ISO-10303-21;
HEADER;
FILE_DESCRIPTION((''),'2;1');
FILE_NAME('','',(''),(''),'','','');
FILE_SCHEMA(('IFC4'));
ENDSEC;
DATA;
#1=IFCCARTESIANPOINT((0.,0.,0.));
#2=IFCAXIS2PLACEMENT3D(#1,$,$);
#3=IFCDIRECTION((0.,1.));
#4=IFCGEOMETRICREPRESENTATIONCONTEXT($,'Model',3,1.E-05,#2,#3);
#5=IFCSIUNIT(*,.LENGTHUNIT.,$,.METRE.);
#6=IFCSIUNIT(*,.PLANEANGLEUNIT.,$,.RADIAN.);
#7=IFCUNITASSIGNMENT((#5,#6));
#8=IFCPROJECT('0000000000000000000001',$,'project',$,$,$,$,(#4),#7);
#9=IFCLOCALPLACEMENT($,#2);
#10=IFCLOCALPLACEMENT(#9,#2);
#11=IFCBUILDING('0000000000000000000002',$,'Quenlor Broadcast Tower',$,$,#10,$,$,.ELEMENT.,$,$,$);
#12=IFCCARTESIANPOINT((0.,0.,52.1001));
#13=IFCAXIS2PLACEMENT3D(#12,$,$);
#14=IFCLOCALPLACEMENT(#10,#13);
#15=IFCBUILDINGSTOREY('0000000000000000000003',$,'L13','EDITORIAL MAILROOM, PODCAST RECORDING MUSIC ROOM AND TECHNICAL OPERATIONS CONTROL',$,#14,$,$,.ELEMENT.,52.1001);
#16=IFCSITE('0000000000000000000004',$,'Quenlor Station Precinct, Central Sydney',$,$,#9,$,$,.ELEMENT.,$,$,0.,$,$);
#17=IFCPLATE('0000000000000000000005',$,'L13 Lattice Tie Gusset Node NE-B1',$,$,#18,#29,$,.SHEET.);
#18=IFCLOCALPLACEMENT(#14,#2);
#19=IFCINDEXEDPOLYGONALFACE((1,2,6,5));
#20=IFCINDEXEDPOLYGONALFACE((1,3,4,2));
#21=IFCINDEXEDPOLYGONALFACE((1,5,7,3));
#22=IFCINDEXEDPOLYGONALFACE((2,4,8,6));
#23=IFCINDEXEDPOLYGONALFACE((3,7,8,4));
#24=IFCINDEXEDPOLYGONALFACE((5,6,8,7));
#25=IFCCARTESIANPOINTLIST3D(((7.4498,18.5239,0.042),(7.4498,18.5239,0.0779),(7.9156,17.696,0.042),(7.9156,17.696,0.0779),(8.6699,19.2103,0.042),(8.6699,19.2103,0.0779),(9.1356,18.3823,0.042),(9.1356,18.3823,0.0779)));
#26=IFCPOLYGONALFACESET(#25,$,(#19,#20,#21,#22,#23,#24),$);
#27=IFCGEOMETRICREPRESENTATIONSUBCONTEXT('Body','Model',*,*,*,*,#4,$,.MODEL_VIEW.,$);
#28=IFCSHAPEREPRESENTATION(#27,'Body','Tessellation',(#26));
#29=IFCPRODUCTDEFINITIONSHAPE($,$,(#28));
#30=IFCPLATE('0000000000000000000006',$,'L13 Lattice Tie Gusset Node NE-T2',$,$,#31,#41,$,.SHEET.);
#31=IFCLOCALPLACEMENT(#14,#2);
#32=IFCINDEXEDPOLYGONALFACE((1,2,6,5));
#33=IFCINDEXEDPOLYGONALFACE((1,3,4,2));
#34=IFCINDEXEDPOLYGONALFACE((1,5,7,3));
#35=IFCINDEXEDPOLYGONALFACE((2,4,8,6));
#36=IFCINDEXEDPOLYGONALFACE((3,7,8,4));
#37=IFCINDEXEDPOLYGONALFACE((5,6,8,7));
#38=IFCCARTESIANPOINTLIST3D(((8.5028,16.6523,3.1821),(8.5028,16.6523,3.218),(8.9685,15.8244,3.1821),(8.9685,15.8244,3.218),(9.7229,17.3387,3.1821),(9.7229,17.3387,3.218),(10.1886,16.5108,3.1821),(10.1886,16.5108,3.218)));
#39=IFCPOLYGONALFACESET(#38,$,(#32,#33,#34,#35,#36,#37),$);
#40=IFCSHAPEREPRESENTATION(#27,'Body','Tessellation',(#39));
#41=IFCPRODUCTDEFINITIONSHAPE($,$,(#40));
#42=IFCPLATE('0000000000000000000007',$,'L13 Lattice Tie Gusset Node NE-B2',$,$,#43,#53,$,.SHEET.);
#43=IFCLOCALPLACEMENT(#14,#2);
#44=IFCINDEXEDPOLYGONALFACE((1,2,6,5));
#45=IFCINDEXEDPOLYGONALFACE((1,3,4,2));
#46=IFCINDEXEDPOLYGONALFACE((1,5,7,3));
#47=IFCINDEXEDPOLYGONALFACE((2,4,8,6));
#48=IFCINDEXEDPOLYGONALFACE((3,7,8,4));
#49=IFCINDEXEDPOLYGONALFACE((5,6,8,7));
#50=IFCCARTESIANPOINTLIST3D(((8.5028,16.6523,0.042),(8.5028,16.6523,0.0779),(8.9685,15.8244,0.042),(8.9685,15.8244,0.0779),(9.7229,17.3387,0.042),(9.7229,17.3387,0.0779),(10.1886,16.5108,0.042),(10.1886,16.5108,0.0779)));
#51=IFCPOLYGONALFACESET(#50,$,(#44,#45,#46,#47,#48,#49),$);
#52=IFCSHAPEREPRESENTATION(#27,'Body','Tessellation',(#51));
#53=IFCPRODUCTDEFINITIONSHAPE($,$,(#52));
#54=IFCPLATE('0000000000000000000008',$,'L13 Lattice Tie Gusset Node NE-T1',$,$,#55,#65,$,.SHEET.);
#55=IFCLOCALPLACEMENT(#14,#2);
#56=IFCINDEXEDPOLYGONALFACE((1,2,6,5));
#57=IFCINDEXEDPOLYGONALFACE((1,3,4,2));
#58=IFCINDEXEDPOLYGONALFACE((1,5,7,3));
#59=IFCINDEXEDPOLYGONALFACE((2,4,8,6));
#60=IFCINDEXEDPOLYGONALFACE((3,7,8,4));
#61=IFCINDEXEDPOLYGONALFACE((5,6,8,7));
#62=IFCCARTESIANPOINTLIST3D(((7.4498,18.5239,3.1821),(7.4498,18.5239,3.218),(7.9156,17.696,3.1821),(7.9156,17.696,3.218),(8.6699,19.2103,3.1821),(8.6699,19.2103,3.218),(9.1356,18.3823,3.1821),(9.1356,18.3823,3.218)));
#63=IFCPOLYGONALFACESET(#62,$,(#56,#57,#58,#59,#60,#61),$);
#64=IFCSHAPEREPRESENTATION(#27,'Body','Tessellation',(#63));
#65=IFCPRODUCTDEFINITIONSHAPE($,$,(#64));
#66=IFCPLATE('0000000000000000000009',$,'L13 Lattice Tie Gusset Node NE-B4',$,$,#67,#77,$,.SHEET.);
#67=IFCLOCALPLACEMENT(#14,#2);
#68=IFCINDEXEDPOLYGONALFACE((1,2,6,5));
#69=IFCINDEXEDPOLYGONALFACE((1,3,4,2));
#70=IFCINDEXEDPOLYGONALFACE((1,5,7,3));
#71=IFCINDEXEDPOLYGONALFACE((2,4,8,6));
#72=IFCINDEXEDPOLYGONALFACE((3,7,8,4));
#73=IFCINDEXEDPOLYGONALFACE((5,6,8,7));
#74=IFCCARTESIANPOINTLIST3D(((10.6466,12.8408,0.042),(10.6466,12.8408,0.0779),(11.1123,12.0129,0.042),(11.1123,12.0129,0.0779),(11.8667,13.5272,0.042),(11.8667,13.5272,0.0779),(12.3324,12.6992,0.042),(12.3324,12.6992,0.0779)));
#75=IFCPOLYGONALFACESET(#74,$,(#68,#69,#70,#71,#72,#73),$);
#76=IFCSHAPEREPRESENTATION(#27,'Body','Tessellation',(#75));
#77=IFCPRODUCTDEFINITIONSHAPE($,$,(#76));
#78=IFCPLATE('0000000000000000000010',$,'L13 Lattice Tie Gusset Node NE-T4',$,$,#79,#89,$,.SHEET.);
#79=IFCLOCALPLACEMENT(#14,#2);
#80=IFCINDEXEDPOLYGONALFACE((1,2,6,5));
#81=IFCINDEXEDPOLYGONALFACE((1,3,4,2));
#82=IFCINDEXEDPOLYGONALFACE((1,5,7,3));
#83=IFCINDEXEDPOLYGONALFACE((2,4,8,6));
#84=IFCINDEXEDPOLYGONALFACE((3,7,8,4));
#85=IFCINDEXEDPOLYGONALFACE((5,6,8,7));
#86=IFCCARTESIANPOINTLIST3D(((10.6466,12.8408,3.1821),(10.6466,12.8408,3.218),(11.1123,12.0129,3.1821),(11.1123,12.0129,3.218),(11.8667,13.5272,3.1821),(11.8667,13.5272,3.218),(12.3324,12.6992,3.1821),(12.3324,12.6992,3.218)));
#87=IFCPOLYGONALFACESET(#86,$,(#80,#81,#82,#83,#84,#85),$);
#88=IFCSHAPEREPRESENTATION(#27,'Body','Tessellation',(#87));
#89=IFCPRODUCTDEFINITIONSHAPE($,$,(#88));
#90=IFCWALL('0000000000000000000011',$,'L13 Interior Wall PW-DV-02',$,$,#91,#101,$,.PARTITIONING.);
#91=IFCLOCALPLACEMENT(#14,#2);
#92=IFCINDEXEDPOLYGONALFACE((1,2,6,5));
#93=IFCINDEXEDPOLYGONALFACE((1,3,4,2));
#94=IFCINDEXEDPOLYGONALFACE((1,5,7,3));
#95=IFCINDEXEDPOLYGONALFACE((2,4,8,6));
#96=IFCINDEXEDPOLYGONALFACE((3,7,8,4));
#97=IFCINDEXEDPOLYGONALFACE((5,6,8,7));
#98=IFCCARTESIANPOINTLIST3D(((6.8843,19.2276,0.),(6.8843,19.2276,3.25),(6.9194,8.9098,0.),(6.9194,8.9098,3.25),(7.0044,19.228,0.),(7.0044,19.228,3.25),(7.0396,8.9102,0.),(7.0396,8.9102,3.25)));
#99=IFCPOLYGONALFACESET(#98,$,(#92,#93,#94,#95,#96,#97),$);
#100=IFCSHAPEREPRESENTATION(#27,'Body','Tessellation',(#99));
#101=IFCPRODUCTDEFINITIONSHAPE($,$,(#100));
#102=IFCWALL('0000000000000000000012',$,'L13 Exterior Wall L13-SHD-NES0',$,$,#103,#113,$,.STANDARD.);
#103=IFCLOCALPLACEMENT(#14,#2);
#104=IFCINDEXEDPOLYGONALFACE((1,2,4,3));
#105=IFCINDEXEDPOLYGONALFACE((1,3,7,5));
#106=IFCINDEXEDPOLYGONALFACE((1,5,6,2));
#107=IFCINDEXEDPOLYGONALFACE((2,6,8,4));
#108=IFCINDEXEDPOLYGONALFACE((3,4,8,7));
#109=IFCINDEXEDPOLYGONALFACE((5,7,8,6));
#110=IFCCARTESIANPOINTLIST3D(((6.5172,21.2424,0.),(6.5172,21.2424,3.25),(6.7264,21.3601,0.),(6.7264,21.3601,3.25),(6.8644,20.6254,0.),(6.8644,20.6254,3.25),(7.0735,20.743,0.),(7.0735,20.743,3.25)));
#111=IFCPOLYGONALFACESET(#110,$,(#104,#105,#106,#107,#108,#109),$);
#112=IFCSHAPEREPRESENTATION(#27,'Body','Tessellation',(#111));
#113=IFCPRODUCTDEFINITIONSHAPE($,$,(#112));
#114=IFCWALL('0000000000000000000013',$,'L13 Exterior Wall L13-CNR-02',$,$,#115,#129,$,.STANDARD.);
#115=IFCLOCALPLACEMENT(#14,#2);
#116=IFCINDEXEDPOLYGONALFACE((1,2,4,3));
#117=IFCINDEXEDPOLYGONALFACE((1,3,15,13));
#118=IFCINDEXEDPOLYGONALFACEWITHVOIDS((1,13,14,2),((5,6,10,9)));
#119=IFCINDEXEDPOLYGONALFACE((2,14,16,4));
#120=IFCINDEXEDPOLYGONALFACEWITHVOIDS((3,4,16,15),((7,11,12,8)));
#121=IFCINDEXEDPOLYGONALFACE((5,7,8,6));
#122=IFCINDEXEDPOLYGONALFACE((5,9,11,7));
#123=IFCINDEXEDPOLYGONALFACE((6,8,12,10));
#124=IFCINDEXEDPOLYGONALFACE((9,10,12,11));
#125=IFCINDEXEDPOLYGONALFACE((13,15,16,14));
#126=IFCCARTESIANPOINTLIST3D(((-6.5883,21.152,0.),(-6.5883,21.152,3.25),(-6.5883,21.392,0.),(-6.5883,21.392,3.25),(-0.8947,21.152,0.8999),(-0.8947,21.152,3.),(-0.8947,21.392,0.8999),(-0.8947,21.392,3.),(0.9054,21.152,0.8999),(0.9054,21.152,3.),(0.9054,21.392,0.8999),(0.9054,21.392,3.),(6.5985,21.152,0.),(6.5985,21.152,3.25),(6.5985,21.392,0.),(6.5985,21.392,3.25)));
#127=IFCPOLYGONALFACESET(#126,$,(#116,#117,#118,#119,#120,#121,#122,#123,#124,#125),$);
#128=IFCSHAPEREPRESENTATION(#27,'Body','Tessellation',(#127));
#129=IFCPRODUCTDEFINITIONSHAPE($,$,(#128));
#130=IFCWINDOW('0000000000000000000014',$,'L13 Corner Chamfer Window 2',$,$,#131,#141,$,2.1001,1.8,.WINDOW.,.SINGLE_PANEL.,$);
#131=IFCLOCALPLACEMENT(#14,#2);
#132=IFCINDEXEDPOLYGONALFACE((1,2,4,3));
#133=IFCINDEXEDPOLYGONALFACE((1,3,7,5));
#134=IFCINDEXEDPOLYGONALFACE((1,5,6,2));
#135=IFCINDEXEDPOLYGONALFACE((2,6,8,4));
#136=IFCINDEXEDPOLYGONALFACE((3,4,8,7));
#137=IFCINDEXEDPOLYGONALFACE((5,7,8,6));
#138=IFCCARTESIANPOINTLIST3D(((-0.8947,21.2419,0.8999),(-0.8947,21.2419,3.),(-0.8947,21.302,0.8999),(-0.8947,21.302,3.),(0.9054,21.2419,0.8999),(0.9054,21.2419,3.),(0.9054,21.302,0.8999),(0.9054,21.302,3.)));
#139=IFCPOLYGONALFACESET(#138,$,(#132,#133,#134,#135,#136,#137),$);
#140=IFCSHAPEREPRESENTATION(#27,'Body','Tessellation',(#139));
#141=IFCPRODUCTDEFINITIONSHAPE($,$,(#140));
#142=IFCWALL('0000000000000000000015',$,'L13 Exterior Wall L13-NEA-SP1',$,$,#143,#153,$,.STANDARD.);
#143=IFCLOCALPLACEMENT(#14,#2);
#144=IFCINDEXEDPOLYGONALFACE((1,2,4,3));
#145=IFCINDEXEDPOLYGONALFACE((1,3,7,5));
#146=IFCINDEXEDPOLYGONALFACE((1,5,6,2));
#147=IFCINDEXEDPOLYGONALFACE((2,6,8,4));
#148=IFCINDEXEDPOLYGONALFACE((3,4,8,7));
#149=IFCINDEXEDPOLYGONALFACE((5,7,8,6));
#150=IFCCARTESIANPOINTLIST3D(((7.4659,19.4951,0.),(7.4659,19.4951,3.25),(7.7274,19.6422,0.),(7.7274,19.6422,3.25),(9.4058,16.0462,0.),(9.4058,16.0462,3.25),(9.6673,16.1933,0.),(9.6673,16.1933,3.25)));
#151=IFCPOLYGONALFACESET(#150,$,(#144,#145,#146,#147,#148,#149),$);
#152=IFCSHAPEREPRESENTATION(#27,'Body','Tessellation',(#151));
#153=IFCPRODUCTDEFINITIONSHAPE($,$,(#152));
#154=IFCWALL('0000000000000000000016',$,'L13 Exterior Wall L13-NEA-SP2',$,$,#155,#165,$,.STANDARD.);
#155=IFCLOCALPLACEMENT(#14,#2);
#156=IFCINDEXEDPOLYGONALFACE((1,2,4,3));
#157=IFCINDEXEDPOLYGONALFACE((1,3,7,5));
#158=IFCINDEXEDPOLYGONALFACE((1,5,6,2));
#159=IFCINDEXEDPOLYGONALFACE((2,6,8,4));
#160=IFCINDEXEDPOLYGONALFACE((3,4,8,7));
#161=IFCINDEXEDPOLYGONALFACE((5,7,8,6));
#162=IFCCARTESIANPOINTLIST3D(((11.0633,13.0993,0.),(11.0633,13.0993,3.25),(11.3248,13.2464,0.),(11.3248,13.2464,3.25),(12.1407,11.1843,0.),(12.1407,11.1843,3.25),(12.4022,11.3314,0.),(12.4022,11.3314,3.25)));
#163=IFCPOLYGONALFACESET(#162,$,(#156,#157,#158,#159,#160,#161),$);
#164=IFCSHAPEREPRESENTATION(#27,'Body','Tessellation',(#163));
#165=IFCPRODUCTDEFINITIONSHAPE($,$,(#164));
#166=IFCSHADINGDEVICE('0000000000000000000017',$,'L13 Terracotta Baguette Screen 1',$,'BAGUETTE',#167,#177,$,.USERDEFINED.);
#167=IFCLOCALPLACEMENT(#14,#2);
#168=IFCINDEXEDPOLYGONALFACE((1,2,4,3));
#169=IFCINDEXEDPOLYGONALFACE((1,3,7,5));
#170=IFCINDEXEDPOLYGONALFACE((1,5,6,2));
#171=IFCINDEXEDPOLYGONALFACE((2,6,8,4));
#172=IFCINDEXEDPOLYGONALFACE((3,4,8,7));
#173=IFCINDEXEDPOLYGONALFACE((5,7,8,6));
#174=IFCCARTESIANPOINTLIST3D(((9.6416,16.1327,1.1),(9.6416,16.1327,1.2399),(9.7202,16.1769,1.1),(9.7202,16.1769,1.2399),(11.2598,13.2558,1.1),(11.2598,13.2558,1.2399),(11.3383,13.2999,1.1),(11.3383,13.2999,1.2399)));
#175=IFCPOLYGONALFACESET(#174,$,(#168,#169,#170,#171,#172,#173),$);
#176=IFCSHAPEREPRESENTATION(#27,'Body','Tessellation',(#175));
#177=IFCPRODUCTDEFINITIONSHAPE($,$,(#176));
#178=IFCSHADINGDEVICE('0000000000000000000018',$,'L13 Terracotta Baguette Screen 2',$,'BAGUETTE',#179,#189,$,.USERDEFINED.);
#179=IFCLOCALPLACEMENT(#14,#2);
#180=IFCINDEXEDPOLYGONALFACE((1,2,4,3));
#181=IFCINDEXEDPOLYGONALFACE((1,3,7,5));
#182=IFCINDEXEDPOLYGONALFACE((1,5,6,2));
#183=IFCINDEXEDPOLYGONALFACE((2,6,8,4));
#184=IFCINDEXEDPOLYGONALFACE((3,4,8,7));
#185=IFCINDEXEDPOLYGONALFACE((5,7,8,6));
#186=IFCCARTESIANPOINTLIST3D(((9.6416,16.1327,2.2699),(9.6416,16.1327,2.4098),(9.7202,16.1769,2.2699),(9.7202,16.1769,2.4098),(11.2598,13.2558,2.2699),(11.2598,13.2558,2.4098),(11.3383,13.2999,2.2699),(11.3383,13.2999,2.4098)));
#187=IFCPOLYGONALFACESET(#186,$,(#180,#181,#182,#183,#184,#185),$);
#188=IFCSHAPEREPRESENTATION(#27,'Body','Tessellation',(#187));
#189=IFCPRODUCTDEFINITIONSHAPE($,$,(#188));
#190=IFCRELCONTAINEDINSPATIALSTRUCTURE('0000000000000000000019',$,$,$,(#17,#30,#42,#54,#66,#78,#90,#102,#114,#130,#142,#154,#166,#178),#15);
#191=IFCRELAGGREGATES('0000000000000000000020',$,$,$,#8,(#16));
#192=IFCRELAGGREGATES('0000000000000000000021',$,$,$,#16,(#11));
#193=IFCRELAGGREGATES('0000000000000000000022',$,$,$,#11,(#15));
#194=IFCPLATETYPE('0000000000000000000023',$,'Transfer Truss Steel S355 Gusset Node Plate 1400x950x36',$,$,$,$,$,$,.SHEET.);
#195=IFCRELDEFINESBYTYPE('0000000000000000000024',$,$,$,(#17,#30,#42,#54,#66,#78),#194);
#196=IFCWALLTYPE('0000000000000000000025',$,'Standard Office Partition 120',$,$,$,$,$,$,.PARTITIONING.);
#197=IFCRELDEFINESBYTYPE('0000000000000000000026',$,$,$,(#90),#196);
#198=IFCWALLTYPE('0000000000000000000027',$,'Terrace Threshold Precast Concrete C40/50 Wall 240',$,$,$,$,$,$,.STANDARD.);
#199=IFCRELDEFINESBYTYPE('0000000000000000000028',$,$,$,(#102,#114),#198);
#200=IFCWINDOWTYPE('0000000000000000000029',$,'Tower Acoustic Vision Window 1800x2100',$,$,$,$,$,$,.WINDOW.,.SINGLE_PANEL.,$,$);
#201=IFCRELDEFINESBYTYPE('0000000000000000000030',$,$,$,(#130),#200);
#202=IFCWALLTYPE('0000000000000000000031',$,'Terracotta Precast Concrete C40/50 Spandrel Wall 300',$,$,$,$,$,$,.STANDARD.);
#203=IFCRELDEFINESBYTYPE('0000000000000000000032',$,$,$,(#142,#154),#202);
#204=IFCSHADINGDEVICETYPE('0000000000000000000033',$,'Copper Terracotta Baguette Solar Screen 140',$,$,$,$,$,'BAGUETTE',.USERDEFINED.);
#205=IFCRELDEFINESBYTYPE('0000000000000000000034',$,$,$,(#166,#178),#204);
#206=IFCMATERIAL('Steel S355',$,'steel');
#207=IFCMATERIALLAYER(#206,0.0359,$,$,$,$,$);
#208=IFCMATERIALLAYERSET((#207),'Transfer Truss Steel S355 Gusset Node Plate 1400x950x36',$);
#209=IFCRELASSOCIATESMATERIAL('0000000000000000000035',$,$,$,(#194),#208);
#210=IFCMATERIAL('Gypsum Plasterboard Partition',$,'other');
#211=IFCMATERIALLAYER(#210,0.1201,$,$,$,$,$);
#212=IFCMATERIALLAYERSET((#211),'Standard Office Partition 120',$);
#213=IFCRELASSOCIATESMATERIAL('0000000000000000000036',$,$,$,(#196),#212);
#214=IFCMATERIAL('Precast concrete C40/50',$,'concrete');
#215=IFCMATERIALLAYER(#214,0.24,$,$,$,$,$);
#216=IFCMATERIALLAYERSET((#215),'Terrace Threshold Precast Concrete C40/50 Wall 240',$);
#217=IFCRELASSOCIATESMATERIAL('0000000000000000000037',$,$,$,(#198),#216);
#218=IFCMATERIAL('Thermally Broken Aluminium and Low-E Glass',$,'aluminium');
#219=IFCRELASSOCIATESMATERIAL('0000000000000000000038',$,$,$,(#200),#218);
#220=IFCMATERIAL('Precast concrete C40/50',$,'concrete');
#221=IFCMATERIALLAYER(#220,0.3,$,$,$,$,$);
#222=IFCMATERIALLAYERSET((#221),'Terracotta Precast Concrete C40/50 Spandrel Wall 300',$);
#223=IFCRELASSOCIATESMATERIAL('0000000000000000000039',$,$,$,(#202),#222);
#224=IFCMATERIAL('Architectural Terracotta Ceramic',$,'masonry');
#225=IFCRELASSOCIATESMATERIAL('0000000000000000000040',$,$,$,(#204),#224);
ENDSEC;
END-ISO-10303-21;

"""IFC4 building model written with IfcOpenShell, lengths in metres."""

from ifc_helpers import new_model, si_unit, direction, frame, frame_2d, origin, origin_2d, place, context, subcontext, project, spatial, rectangle, extrude, material, layer, layer_set, material_profile, profile_set, type_object, element, fill, save


model = new_model("IFC4")

# Units and contexts
model_context = context("Model", 3, precision=1e-05, world=origin(), true_north=direction((0.0, 1.0)))
body_context = subcontext(model_context, "Body", "Model", "MODEL_VIEW")
ifc_project = project(units=[si_unit("LENGTHUNIT", "METRE"), si_unit("PLANEANGLEUNIT", "RADIAN")], contexts=[model_context])

# Site, building, storey
site_placement = place(None, origin())
site = spatial("IfcSite", under=ifc_project, at=site_placement, Name="Quenlor Station Precinct, Central Sydney", CompositionType="ELEMENT", RefElevation=0.0)
building_placement = place(site_placement, origin())
building = spatial("IfcBuilding", under=site, at=building_placement, Name="Quenlor Broadcast Tower", CompositionType="ELEMENT")
storey_placement = place(building_placement, frame((0.0, 0.0, 52.1001)))
storey = spatial("IfcBuildingStorey", under=building, at=storey_placement, Name="L13", Description="EDITORIAL MAILROOM, PODCAST RECORDING MUSIC ROOM AND TECHNICAL OPERATIONS CONTROL", CompositionType="ELEMENT", Elevation=52.1001)

# Plates
ifc_material_1 = material(Name="Steel S355", Category="steel")
ifc_layer_1 = layer(ifc_material_1, 0.0359)
ifc_layer_set_1 = layer_set([ifc_layer_1], Name="Transfer Truss Steel S355 Gusset Node Plate 1400x950x36")
plate_type_1 = type_object("IfcPlateType", Name="Transfer Truss Steel S355 Gusset Node Plate 1400x950x36", PredefinedType="SHEET", material=ifc_layer_set_1)
for number, where, z_axis, x_axis, name in (
    (1, (8.2927, 18.4531, 0.042), (0.0, 0.0, 1.0), (0.871556, 0.490295, 0.0), "L13 Lattice Tie Gusset Node NE-B1"),
    (2, (9.3457, 16.5815, 3.1821), (0.0, 0.0, 1.0), (0.871556, 0.490295, 0.0), "L13 Lattice Tie Gusset Node NE-T2"),
    (3, (9.3457, 16.5815, 0.042), (0.0, 0.0, 1.0), (0.871556, 0.490295, 0.0), "L13 Lattice Tie Gusset Node NE-B2"),
    (4, (8.2927, 18.4531, 3.1821), (0.0, 0.0, 1.0), (0.871556, 0.490295, 0.0), "L13 Lattice Tie Gusset Node NE-T1"),
    (5, (11.4895, 12.77, 0.042), (0.0, 0.0, 1.0), (0.871556, 0.490295, 0.0), "L13 Lattice Tie Gusset Node NE-B4"),
    (6, (11.4895, 12.77, 3.1821), (0.0, 0.0, 1.0), (0.871556, 0.490295, 0.0), "L13 Lattice Tie Gusset Node NE-T4"),
):
    element("IfcPlate", number, at=place(storey_placement, frame(where, z_axis=z_axis, x_axis=x_axis)), inside=storey, type_object=plate_type_1, Name=name, PredefinedType="SHEET", context=body_context, shape_type="SweptSolid", body=[
        extrude(rectangle(XDim=1.3999, YDim=0.95, at=origin_2d()), origin(), (0.0, 0.0, 1.0), 0.0359),
    ])

# Walls
ifc_material_2 = material(Name="Gypsum Plasterboard Partition", Category="other")
ifc_layer_2 = layer(ifc_material_2, 0.1201)
ifc_layer_set_2 = layer_set([ifc_layer_2], Name="Standard Office Partition 120")
wall_type_1 = type_object("IfcWallType", Name="Standard Office Partition 120", PredefinedType="PARTITIONING", material=ifc_layer_set_2)
wall_1_placement = place(storey_placement, frame((6.9443, 19.2278, 0.0), z_axis=(0.0, 0.0, 1.0), x_axis=(0.003407, -0.999994, 0.0)))
element("IfcWall", 7, at=wall_1_placement, inside=storey, type_object=wall_type_1, Name="L13 Interior Wall PW-DV-02", PredefinedType="PARTITIONING", context=body_context, shape_type="SweptSolid", body=[
    extrude(rectangle(XDim=10.3179, YDim=0.1201, at=frame_2d((5.1589, 0.0))), origin(), (0.0, 0.0, 1.0), 3.25),
])
ifc_material_3 = material(Name="Precast concrete C40/50", Category="concrete")
ifc_layer_3 = layer(ifc_material_3, 0.24)
ifc_layer_set_3 = layer_set([ifc_layer_3], Name="Terrace Threshold Precast Concrete C40/50 Wall 240")
wall_type_2 = type_object("IfcWallType", Name="Terrace Threshold Precast Concrete C40/50 Wall 240", PredefinedType="STANDARD", material=ifc_layer_set_3)
wall_2_placement = place(storey_placement, frame((6.6218, 21.3013, 0.0), z_axis=(0.0, 0.0, 1.0), x_axis=(0.490261, -0.871576, 0.0)))
element("IfcWall", 8, at=wall_2_placement, inside=storey, type_object=wall_type_2, Name="L13 Exterior Wall L13-SHD-NES0", PredefinedType="STANDARD", context=body_context, shape_type="SweptSolid", body=[
    extrude(rectangle(XDim=0.708, YDim=0.24, at=frame_2d((0.354, 0.0))), origin(), (0.0, 0.0, 1.0), 3.25),
])

# Wall, opening, window
wall_3_placement = place(storey_placement, frame((6.5984, 21.272, 0.0), z_axis=(0.0, 0.0, 1.0), x_axis=(-1.0, 0.0, 0.0)))
wall_3 = element("IfcWall", 9, at=wall_3_placement, inside=storey, type_object=wall_type_2, Name="L13 Exterior Wall L13-CNR-02", PredefinedType="STANDARD", context=body_context, shape_type="SweptSolid", body=[
    extrude(rectangle(XDim=13.1868, YDim=0.24, at=frame_2d((6.5933, 0.0))), origin(), (0.0, 0.0, 1.0), 3.25),
])
opening_placement = place(wall_3_placement, frame((5.6931, 0.0, 0.8999)))
opening = element("IfcOpeningElement", 10, at=opening_placement, cuts=wall_3, PredefinedType="OPENING", context=body_context, shape_type="SweptSolid", body=[
    extrude(rectangle(XDim=1.8, YDim=2.1001, at=frame_2d((0.8999, 1.05))), frame((0.0, 0.1299, 0.0), z_axis=(0.0, -1.0, 0.0), x_axis=(1.0, 0.0, 0.0)), (0.0, 0.0, 1.0), 0.26),
])
ifc_material_4 = material(Name="Thermally Broken Aluminium and Low-E Glass", Category="aluminium")
window_type = type_object("IfcWindowType", Name="Tower Acoustic Vision Window 1800x2100", PartitioningType="SINGLE_PANEL", PredefinedType="WINDOW", material=ifc_material_4)
window_placement = place(opening_placement, origin())
window = element("IfcWindow", 11, at=window_placement, inside=storey, type_object=window_type, Name="L13 Corner Chamfer Window 2", OverallHeight=2.1001, OverallWidth=1.8, PartitioningType="SINGLE_PANEL", PredefinedType="WINDOW", context=body_context, shape_type="SweptSolid", body=[
    extrude(rectangle(XDim=1.8, YDim=2.1001, at=frame_2d((0.8999, 1.05))), frame((0.0, 0.03, 0.0), z_axis=(0.0, -1.0, 0.0), x_axis=(1.0, 0.0, 0.0)), (0.0, 0.0, 1.0), 0.0601),
])
fill(opening, window)

# Walls
ifc_material_5 = material(Name="Precast concrete C40/50", Category="concrete")
ifc_layer_4 = layer(ifc_material_5, 0.3)
ifc_layer_set_4 = layer_set([ifc_layer_4], Name="Terracotta Precast Concrete C40/50 Spandrel Wall 300")
wall_type_3 = type_object("IfcWallType", Name="Terracotta Precast Concrete C40/50 Spandrel Wall 300", PredefinedType="STANDARD", material=ifc_layer_set_4)
wall_4_placement = place(storey_placement, frame((7.5967, 19.5686, 0.0), z_axis=(0.0, 0.0, 1.0), x_axis=(0.490241, -0.871587, 0.0)))
element("IfcWall", 12, at=wall_4_placement, inside=storey, type_object=wall_type_3, Name="L13 Exterior Wall L13-NEA-SP1", PredefinedType="STANDARD", context=body_context, shape_type="SweptSolid", body=[
    extrude(rectangle(XDim=3.957, YDim=0.3, at=frame_2d((1.9785, 0.0))), origin(), (0.0, 0.0, 1.0), 3.25),
])
wall_5_placement = place(storey_placement, frame((11.1941, 13.1729, 0.0), z_axis=(0.0, 0.0, 1.0), x_axis=(0.490325, -0.87154, 0.0)))
element("IfcWall", 13, at=wall_5_placement, inside=storey, type_object=wall_type_3, Name="L13 Exterior Wall L13-NEA-SP2", PredefinedType="STANDARD", context=body_context, shape_type="SweptSolid", body=[
    extrude(rectangle(XDim=2.1973, YDim=0.3, at=frame_2d((1.0986, 0.0))), origin(), (0.0, 0.0, 1.0), 3.25),
])

# Shading devices
ifc_material_6 = material(Name="Architectural Terracotta Ceramic", Category="masonry")
ifc_material_profile_1 = material_profile(ifc_material_6, rectangle(XDim=0.0901, YDim=0.1399, at=origin_2d()))
ifc_profile_set_1 = profile_set([ifc_material_profile_1], Name="Architectural Terracotta Ceramic BAG90x140")
shading_device_type = type_object("IfcShadingDeviceType", Name="Copper Terracotta Baguette Solar Screen 140", ElementType="BAGUETTE", PredefinedType="USERDEFINED", material=ifc_profile_set_1)
for number, where, z_axis, x_axis, name in (
    (14, (9.6809, 16.1548, 1.1699), (0.490233, -0.871591, 0.0), (0.871591, 0.490233, 0.0), "L13 Terracotta Baguette Screen 1"),
    (15, (9.6809, 16.1548, 2.3398), (0.490233, -0.871591, 0.0), (0.871591, 0.490233, 0.0), "L13 Terracotta Baguette Screen 2"),
):
    element("IfcShadingDevice", number, at=place(storey_placement, frame(where, z_axis=z_axis, x_axis=x_axis)), inside=storey, type_object=shading_device_type, Name=name, ObjectType="BAGUETTE", PredefinedType="USERDEFINED", context=body_context, shape_type="SweptSolid", body=[
        extrude(rectangle(XDim=0.0901, YDim=0.1399, at=origin_2d()), origin(), (0.0, 0.0, 1.0), 3.3008),
    ])

save(model, "model.ifc")
